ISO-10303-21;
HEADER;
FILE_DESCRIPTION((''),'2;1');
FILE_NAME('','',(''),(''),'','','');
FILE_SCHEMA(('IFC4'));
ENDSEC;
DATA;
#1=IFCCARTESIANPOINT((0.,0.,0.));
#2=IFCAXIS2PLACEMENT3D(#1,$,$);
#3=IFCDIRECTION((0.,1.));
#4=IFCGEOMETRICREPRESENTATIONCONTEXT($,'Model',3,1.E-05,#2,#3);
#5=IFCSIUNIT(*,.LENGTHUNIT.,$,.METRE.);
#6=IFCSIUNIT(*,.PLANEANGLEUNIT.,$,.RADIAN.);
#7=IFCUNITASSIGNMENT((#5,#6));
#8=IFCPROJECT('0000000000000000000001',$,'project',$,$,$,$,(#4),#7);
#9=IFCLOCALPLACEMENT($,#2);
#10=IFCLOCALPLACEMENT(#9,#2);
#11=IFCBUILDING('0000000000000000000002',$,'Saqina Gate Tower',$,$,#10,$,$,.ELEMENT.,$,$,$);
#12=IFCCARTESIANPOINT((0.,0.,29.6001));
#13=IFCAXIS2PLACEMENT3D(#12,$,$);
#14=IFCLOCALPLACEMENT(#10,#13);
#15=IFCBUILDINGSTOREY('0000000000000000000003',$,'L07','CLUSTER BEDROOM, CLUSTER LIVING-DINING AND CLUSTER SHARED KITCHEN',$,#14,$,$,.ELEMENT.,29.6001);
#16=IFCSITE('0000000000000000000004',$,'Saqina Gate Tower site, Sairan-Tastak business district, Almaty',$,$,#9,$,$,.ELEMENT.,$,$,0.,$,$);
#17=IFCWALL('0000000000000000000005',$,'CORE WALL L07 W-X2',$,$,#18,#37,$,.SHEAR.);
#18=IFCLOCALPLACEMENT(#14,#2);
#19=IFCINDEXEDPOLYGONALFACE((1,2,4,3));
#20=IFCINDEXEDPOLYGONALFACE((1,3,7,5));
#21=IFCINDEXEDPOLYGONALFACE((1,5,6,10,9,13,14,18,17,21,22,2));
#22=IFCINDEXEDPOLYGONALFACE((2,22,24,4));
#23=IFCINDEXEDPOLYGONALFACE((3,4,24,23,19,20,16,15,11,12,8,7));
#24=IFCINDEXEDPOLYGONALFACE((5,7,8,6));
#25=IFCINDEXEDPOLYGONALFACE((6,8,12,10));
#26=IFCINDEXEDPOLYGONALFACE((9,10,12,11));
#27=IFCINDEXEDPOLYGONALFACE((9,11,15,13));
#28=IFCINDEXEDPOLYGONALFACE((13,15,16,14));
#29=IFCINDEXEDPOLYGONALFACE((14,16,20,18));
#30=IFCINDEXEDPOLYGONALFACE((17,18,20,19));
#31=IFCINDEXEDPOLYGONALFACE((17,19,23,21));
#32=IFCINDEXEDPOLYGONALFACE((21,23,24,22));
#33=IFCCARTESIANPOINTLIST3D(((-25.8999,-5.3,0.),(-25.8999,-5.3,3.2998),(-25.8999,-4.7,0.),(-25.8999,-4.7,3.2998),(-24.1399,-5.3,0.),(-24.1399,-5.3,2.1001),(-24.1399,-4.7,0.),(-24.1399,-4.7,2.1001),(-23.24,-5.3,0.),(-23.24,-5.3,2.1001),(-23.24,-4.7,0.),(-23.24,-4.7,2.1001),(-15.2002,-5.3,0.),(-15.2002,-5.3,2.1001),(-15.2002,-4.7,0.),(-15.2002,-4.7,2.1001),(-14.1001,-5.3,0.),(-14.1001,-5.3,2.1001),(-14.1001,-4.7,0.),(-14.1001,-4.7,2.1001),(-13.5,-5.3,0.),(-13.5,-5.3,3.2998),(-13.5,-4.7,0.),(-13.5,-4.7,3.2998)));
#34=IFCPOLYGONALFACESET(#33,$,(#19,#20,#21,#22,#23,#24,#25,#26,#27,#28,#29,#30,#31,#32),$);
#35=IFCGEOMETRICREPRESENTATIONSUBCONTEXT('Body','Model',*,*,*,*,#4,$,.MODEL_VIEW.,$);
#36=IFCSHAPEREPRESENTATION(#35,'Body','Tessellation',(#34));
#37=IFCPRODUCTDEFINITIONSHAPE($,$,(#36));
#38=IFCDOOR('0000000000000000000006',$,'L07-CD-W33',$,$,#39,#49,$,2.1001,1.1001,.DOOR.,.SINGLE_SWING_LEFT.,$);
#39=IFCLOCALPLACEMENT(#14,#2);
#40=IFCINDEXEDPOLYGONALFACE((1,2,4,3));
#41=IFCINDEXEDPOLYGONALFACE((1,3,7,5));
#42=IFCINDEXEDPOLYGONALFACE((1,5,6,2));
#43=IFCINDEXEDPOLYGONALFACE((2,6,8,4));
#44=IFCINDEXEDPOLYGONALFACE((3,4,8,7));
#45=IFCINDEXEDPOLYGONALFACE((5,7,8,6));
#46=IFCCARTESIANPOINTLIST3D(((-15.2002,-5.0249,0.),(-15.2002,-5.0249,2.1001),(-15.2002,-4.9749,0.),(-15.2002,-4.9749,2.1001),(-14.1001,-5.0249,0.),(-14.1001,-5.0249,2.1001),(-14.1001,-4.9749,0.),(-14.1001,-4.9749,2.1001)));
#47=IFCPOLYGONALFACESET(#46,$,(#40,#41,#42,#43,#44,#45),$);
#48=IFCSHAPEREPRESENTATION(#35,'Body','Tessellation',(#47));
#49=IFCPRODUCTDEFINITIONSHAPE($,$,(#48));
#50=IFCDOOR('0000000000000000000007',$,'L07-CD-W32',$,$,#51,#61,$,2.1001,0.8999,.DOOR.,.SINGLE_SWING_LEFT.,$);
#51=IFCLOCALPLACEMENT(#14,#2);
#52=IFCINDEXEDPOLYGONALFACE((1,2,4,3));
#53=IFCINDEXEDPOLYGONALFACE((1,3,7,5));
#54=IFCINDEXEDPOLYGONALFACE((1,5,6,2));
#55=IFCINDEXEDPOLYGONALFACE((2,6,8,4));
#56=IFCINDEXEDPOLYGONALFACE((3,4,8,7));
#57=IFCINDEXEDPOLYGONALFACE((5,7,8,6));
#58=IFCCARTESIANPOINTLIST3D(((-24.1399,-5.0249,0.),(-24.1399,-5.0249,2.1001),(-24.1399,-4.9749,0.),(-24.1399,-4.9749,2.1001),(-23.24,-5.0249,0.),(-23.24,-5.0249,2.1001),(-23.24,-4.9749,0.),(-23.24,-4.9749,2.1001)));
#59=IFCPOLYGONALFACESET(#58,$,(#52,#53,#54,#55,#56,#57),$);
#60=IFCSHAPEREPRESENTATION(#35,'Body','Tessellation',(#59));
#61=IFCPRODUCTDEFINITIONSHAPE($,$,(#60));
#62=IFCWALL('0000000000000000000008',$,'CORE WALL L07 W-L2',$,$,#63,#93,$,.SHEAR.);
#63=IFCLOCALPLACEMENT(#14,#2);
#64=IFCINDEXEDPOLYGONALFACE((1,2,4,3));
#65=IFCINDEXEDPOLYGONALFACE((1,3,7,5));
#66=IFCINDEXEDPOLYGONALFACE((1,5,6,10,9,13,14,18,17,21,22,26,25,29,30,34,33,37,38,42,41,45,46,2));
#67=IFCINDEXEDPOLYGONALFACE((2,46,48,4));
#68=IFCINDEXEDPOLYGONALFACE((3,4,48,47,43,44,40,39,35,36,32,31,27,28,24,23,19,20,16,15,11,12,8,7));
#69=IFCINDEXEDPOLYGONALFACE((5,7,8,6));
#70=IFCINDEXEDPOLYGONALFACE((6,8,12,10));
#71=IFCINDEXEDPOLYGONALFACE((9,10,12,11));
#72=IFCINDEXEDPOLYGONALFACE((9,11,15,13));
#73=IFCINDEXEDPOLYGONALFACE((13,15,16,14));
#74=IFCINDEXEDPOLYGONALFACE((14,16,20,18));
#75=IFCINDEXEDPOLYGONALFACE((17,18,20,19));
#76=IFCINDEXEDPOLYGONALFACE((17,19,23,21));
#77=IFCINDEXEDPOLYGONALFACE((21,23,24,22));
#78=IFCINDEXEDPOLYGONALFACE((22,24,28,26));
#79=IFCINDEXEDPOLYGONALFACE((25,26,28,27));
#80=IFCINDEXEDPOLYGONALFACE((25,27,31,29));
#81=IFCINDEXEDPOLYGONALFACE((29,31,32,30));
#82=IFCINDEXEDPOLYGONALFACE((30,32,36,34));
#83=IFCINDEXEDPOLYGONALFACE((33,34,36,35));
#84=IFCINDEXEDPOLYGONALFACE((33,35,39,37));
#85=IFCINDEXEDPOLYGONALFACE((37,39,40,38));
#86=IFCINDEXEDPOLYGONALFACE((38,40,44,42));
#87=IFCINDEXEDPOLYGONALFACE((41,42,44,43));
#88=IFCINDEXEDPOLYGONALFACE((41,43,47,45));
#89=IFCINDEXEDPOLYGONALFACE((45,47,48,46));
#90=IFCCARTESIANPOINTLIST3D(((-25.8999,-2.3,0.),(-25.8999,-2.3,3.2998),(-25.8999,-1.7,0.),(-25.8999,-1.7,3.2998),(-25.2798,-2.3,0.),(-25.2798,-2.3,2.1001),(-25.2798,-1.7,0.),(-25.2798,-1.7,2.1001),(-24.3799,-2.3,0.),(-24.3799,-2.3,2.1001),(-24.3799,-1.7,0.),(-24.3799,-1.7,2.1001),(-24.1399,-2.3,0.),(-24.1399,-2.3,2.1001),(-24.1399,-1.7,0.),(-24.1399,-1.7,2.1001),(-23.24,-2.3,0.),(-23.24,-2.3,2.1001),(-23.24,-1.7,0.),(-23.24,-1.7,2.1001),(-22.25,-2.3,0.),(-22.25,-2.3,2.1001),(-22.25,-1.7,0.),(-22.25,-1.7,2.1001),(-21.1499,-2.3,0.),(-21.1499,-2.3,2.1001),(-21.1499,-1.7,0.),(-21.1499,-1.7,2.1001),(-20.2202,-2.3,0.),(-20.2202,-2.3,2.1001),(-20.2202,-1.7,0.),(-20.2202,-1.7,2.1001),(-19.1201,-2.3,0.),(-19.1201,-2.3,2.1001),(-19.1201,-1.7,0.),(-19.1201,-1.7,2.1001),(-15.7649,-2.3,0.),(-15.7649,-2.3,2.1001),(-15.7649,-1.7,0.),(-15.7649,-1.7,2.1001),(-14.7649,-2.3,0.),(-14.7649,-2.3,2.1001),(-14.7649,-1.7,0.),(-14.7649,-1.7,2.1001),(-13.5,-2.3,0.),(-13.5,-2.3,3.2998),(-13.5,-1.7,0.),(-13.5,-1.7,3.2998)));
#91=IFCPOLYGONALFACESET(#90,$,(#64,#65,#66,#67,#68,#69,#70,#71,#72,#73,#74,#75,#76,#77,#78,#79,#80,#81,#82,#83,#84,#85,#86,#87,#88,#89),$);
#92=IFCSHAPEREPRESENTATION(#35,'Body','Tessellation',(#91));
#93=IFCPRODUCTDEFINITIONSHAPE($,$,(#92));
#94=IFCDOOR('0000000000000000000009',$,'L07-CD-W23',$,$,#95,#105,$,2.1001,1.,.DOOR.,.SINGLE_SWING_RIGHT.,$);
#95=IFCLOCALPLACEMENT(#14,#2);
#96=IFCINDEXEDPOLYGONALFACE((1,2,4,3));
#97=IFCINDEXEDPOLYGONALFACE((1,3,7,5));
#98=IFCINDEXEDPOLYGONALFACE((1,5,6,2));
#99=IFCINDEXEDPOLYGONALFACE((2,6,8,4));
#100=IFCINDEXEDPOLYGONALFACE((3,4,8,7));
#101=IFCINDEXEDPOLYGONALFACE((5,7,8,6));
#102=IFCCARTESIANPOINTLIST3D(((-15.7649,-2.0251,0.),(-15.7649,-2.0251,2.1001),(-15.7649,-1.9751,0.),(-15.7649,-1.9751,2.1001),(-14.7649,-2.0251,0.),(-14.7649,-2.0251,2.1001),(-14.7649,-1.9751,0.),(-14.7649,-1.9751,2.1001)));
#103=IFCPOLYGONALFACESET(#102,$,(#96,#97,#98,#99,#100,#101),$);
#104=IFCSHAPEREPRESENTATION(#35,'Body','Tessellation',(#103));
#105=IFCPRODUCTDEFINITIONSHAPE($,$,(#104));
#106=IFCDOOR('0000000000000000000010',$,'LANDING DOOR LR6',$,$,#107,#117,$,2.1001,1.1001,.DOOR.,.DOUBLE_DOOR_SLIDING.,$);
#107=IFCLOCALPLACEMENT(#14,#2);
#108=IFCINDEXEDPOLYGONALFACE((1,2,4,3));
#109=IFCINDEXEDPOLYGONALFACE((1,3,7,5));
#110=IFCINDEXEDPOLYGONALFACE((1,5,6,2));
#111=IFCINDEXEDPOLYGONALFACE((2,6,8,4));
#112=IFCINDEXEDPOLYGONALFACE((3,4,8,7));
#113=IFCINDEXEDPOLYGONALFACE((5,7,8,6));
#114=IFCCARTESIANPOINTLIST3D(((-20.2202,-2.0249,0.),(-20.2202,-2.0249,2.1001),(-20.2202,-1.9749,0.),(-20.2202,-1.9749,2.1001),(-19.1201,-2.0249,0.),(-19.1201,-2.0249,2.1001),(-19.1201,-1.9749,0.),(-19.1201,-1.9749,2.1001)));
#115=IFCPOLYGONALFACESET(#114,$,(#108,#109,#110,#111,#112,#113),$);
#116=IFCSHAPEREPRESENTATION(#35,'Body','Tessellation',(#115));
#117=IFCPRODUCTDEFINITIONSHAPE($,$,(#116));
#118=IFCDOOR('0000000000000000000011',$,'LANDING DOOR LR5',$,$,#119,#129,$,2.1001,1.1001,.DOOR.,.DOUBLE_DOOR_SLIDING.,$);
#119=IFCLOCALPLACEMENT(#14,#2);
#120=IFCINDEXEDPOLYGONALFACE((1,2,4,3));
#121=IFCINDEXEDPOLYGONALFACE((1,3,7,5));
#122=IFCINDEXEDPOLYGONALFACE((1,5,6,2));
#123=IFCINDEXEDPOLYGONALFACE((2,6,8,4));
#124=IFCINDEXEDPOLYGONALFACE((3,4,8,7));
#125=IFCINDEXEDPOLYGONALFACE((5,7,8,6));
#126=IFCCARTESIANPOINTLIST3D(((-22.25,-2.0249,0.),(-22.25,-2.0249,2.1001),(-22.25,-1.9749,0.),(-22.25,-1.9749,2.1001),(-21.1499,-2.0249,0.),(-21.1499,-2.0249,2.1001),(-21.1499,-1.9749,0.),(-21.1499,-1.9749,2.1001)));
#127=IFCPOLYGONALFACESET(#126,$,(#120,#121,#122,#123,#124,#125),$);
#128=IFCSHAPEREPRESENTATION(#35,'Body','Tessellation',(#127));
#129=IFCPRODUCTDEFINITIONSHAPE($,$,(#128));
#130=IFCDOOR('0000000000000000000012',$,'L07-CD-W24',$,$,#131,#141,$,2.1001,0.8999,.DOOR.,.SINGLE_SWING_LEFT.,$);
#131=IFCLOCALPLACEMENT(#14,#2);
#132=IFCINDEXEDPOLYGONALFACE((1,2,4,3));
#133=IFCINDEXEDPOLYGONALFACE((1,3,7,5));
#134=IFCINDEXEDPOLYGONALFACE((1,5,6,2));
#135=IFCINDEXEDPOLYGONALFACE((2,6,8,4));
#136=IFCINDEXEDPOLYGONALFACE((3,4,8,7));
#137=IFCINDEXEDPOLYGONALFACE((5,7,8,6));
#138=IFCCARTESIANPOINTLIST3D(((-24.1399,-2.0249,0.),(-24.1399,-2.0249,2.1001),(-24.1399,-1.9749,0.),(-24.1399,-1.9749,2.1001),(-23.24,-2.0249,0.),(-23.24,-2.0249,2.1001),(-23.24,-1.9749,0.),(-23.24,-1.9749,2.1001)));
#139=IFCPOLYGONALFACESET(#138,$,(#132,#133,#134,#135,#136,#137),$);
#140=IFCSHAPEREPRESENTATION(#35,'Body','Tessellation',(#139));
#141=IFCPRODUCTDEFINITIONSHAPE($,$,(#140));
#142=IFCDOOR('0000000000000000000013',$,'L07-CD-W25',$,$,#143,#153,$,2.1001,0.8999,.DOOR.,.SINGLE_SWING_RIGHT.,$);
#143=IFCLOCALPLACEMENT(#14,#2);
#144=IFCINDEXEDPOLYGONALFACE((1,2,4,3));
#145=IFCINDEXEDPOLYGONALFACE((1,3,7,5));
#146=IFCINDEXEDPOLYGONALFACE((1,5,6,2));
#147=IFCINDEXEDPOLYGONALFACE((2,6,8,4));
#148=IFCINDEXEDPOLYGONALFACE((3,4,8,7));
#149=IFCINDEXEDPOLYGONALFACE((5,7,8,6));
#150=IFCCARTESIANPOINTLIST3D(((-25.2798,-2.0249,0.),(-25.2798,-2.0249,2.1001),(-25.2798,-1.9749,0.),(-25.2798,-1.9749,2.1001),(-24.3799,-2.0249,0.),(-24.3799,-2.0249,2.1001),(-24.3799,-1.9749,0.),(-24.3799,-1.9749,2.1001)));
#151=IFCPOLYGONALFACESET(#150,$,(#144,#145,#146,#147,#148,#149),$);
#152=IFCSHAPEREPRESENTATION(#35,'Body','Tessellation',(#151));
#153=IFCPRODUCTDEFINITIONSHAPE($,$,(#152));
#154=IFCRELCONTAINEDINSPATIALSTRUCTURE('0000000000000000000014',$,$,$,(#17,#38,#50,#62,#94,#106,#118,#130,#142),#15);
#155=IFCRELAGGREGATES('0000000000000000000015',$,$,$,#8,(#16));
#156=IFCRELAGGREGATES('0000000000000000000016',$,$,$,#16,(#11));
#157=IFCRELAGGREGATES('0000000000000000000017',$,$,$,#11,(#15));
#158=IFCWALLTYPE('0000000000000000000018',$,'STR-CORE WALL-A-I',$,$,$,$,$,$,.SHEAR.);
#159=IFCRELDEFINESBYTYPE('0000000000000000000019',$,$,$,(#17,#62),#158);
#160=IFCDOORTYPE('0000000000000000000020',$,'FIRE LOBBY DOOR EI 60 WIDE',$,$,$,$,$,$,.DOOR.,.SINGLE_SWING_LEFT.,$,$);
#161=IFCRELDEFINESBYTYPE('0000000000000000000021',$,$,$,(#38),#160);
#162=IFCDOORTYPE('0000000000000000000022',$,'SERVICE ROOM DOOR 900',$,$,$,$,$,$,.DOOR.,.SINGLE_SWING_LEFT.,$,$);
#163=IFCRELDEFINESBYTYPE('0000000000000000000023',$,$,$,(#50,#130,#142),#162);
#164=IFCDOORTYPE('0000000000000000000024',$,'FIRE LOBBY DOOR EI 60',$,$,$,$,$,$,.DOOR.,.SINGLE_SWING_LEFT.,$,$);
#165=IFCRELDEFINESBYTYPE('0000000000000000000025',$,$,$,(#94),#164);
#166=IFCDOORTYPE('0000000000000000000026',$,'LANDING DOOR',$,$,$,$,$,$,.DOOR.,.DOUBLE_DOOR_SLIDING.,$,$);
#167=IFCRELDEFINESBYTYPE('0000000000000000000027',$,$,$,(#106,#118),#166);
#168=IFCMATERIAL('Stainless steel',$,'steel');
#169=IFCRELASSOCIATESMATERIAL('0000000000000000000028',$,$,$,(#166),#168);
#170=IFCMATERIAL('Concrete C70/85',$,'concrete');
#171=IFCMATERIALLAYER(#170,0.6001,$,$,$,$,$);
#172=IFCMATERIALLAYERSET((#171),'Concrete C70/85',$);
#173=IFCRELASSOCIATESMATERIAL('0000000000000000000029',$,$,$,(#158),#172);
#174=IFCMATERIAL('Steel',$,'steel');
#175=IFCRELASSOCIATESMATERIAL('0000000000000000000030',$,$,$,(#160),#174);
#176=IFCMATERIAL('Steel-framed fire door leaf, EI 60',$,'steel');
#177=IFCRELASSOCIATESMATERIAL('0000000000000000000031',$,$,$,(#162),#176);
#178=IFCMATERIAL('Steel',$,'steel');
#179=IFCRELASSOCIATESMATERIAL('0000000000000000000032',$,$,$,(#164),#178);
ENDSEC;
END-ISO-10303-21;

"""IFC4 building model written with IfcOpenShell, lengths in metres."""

from ifc_helpers import new_model, si_unit, direction, frame, frame_2d, origin, place, context, subcontext, project, spatial, rectangle, extrude, material, layer, layer_set, type_object, element, fill, save


model = new_model("IFC4")

# Units and contexts
model_context = context("Model", 3, precision=1e-05, world=origin(), true_north=direction((0.0, 1.0)))
body_context = subcontext(model_context, "Body", "Model", "MODEL_VIEW")
ifc_project = project(units=[si_unit("LENGTHUNIT", "METRE"), si_unit("PLANEANGLEUNIT", "RADIAN")], contexts=[model_context])

# Site, building, storey
site_placement = place(None, origin())
site = spatial("IfcSite", under=ifc_project, at=site_placement, Name="Saqina Gate Tower site, Sairan-Tastak business district, Almaty", CompositionType="ELEMENT", RefElevation=0.0)
building_placement = place(site_placement, origin())
building = spatial("IfcBuilding", under=site, at=building_placement, Name="Saqina Gate Tower", CompositionType="ELEMENT")
storey_placement = place(building_placement, frame((0.0, 0.0, 29.6001)))
storey = spatial("IfcBuildingStorey", under=building, at=storey_placement, Name="L07", Description="CLUSTER BEDROOM, CLUSTER LIVING-DINING AND CLUSTER SHARED KITCHEN", CompositionType="ELEMENT", Elevation=29.6001)

# Shared definitions
ifc_material_1 = material(Name="Stainless steel", Category="steel")
door_type_1 = type_object("IfcDoorType", Name="LANDING DOOR", OperationType="DOUBLE_DOOR_SLIDING", PredefinedType="DOOR", material=ifc_material_1)

# Walls, openings, doors
ifc_material_2 = material(Name="Concrete C70/85", Category="concrete")
ifc_layer_1 = layer(ifc_material_2, 0.6001)
ifc_layer_set_1 = layer_set([ifc_layer_1], Name="Concrete C70/85")
wall_type_1 = type_object("IfcWallType", Name="STR-CORE WALL-A-I", PredefinedType="SHEAR", material=ifc_layer_set_1)
wall_1_placement = place(storey_placement, frame((-13.5, -5.0, 0.0), z_axis=(0.0, 0.0, 1.0), x_axis=(-1.0, 0.0, 0.0)))
wall_1 = element("IfcWall", 1, at=wall_1_placement, inside=storey, type_object=wall_type_1, Name="CORE WALL L07 W-X2", PredefinedType="SHEAR", context=body_context, shape_type="SweptSolid", body=[
    extrude(rectangle(XDim=12.3999, YDim=0.6001, at=frame_2d((6.2, 0.0))), origin(), (0.0, 0.0, 1.0), 3.2998),
])
opening_1_placement = place(wall_1_placement, frame((9.74, 0.0, 0.0)))
opening_1 = element("IfcOpeningElement", 2, at=opening_1_placement, cuts=wall_1, PredefinedType="OPENING", context=body_context, shape_type="SweptSolid", body=[
    extrude(rectangle(XDim=0.8999, YDim=2.1001, at=frame_2d((0.45, 1.05))), frame((0.0, 0.312, 0.0), z_axis=(0.0, -1.0, 0.0), x_axis=(1.0, 0.0, 0.0)), (0.0, 0.0, 1.0), 0.624),
])
opening_2_placement = place(wall_1_placement, frame((0.6001, 0.0, 0.0)))
opening_2 = element("IfcOpeningElement", 3, at=opening_2_placement, cuts=wall_1, PredefinedType="OPENING", context=body_context, shape_type="SweptSolid", body=[
    extrude(rectangle(XDim=1.1001, YDim=2.1001, at=frame_2d((0.55, 1.05))), frame((0.0, 0.312, 0.0), z_axis=(0.0, -1.0, 0.0), x_axis=(1.0, 0.0, 0.0)), (0.0, 0.0, 1.0), 0.624),
])
ifc_material_3 = material(Name="Steel", Category="steel")
door_type_2 = type_object("IfcDoorType", Name="FIRE LOBBY DOOR EI 60 WIDE", OperationType="SINGLE_SWING_LEFT", PredefinedType="DOOR", material=ifc_material_3)
door_1_placement = place(opening_2_placement, origin())
door_1 = element("IfcDoor", 4, at=door_1_placement, inside=storey, type_object=door_type_2, Name="L07-CD-W33", OperationType="SINGLE_SWING_LEFT", OverallHeight=2.1001, OverallWidth=1.1001, PredefinedType="DOOR", context=body_context, shape_type="SweptSolid", body=[
    extrude(rectangle(XDim=1.1001, YDim=2.1001, at=frame_2d((0.55, 1.05))), frame((0.0, 0.0249, 0.0), z_axis=(0.0, -1.0, 0.0), x_axis=(1.0, 0.0, 0.0)), (0.0, 0.0, 1.0), 0.05),
])
fill(opening_2, door_1)
ifc_material_4 = material(Name="Steel-framed fire door leaf, EI 60", Category="steel")
door_type_3 = type_object("IfcDoorType", Name="SERVICE ROOM DOOR 900", OperationType="SINGLE_SWING_LEFT", PredefinedType="DOOR", material=ifc_material_4)
door_2_placement = place(opening_1_placement, origin())
door_2 = element("IfcDoor", 5, at=door_2_placement, inside=storey, type_object=door_type_3, Name="L07-CD-W32", OperationType="SINGLE_SWING_LEFT", OverallHeight=2.1001, OverallWidth=0.8999, PredefinedType="DOOR", context=body_context, shape_type="SweptSolid", body=[
    extrude(rectangle(XDim=0.8999, YDim=2.1001, at=frame_2d((0.45, 1.05))), frame((0.0, 0.0249, 0.0), z_axis=(0.0, -1.0, 0.0), x_axis=(1.0, 0.0, 0.0)), (0.0, 0.0, 1.0), 0.05),
])
fill(opening_1, door_2)
wall_2_placement = place(storey_placement, frame((-13.5, -2.0, 0.0), z_axis=(0.0, 0.0, 1.0), x_axis=(-1.0, 0.0, 0.0)))
wall_2 = element("IfcWall", 6, at=wall_2_placement, inside=storey, type_object=wall_type_1, Name="CORE WALL L07 W-L2", PredefinedType="SHEAR", context=body_context, shape_type="SweptSolid", body=[
    extrude(rectangle(XDim=12.3999, YDim=0.6001, at=frame_2d((6.2, 0.0))), origin(), (0.0, 0.0, 1.0), 3.2998),
])
opening_3_placement = place(wall_2_placement, frame((5.6201, 0.0, 0.0)))
opening_3 = element("IfcOpeningElement", 7, at=opening_3_placement, cuts=wall_2, PredefinedType="OPENING", context=body_context, shape_type="SweptSolid", body=[
    extrude(rectangle(XDim=1.1001, YDim=2.1001, at=frame_2d((0.55, 1.05))), frame((0.0, 0.312, 0.0), z_axis=(0.0, -1.0, 0.0), x_axis=(1.0, 0.0, 0.0)), (0.0, 0.0, 1.0), 0.624),
])
opening_4_placement = place(wall_2_placement, frame((7.6499, 0.0, 0.0)))
opening_4 = element("IfcOpeningElement", 8, at=opening_4_placement, cuts=wall_2, PredefinedType="OPENING", context=body_context, shape_type="SweptSolid", body=[
    extrude(rectangle(XDim=1.1001, YDim=2.1001, at=frame_2d((0.55, 1.05))), frame((0.0, 0.312, 0.0), z_axis=(0.0, -1.0, 0.0), x_axis=(1.0, 0.0, 0.0)), (0.0, 0.0, 1.0), 0.624),
])
opening_5_placement = place(wall_2_placement, frame((1.2649, 0.0, 0.0)))
opening_5 = element("IfcOpeningElement", 9, at=opening_5_placement, cuts=wall_2, PredefinedType="OPENING", context=body_context, shape_type="SweptSolid", body=[
    extrude(rectangle(XDim=1.0, YDim=2.1001, at=frame_2d((0.5, 1.05))), frame((0.0, 0.312, 0.0), z_axis=(0.0, -1.0, 0.0), x_axis=(1.0, 0.0, 0.0)), (0.0, 0.0, 1.0), 0.624),
])
opening_6_placement = place(wall_2_placement, frame((9.74, 0.0, 0.0)))
opening_6 = element("IfcOpeningElement", 10, at=opening_6_placement, cuts=wall_2, PredefinedType="OPENING", context=body_context, shape_type="SweptSolid", body=[
    extrude(rectangle(XDim=0.8999, YDim=2.1001, at=frame_2d((0.45, 1.05))), frame((0.0, 0.312, 0.0), z_axis=(0.0, -1.0, 0.0), x_axis=(1.0, 0.0, 0.0)), (0.0, 0.0, 1.0), 0.624),
])
opening_7_placement = place(wall_2_placement, frame((10.8799, 0.0, 0.0)))
opening_7 = element("IfcOpeningElement", 11, at=opening_7_placement, cuts=wall_2, PredefinedType="OPENING", context=body_context, shape_type="SweptSolid", body=[
    extrude(rectangle(XDim=0.8999, YDim=2.1001, at=frame_2d((0.45, 1.05))), frame((0.0, 0.312, 0.0), z_axis=(0.0, -1.0, 0.0), x_axis=(1.0, 0.0, 0.0)), (0.0, 0.0, 1.0), 0.624),
])
ifc_material_5 = material(Name="Steel", Category="steel")
door_type_4 = type_object("IfcDoorType", Name="FIRE LOBBY DOOR EI 60", OperationType="SINGLE_SWING_LEFT", PredefinedType="DOOR", material=ifc_material_5)
door_3_placement = place(opening_5_placement, frame((1.0, 0.0, 0.0), z_axis=(0.0, 0.0, 1.0), x_axis=(-1.0, 0.0, 0.0)))
door_3 = element("IfcDoor", 12, at=door_3_placement, inside=storey, type_object=door_type_4, Name="L07-CD-W23", OperationType="SINGLE_SWING_RIGHT", OverallHeight=2.1001, OverallWidth=1.0, PredefinedType="DOOR", context=body_context, shape_type="SweptSolid", body=[
    extrude(rectangle(XDim=1.0, YDim=2.1001, at=frame_2d((0.5, 1.05))), frame((0.0, 0.0249, 0.0), z_axis=(0.0, -1.0, 0.0), x_axis=(1.0, 0.0, 0.0)), (0.0, 0.0, 1.0), 0.05),
])
fill(opening_5, door_3)
door_4_placement = place(opening_3_placement, origin())
door_4 = element("IfcDoor", 13, at=door_4_placement, inside=storey, type_object=door_type_1, Name="LANDING DOOR LR6", OperationType="DOUBLE_DOOR_SLIDING", OverallHeight=2.1001, OverallWidth=1.1001, PredefinedType="DOOR", context=body_context, shape_type="SweptSolid", body=[
    extrude(rectangle(XDim=1.1001, YDim=2.1001, at=frame_2d((0.55, 1.05))), frame((0.0, 0.0249, 0.0), z_axis=(0.0, -1.0, 0.0), x_axis=(1.0, 0.0, 0.0)), (0.0, 0.0, 1.0), 0.05),
])
fill(opening_3, door_4)
door_5_placement = place(opening_4_placement, origin())
door_5 = element("IfcDoor", 14, at=door_5_placement, inside=storey, type_object=door_type_1, Name="LANDING DOOR LR5", OperationType="DOUBLE_DOOR_SLIDING", OverallHeight=2.1001, OverallWidth=1.1001, PredefinedType="DOOR", context=body_context, shape_type="SweptSolid", body=[
    extrude(rectangle(XDim=1.1001, YDim=2.1001, at=frame_2d((0.55, 1.05))), frame((0.0, 0.0249, 0.0), z_axis=(0.0, -1.0, 0.0), x_axis=(1.0, 0.0, 0.0)), (0.0, 0.0, 1.0), 0.05),
])
fill(opening_4, door_5)
door_6_placement = place(opening_6_placement, origin())
door_6 = element("IfcDoor", 15, at=door_6_placement, inside=storey, type_object=door_type_3, Name="L07-CD-W24", OperationType="SINGLE_SWING_LEFT", OverallHeight=2.1001, OverallWidth=0.8999, PredefinedType="DOOR", context=body_context, shape_type="SweptSolid", body=[
    extrude(rectangle(XDim=0.8999, YDim=2.1001, at=frame_2d((0.45, 1.05))), frame((0.0, 0.0249, 0.0), z_axis=(0.0, -1.0, 0.0), x_axis=(1.0, 0.0, 0.0)), (0.0, 0.0, 1.0), 0.05),
])
fill(opening_6, door_6)
door_7_placement = place(opening_7_placement, origin())
door_7 = element("IfcDoor", 16, at=door_7_placement, inside=storey, type_object=door_type_3, Name="L07-CD-W25", OperationType="SINGLE_SWING_RIGHT", OverallHeight=2.1001, OverallWidth=0.8999, PredefinedType="DOOR", context=body_context, shape_type="SweptSolid", body=[
    extrude(rectangle(XDim=0.8999, YDim=2.1001, at=frame_2d((0.45, 1.05))), frame((0.0, 0.0249, 0.0), z_axis=(0.0, -1.0, 0.0), x_axis=(1.0, 0.0, 0.0)), (0.0, 0.0, 1.0), 0.05),
])
fill(opening_7, door_7)

save(model, "model.ifc")
